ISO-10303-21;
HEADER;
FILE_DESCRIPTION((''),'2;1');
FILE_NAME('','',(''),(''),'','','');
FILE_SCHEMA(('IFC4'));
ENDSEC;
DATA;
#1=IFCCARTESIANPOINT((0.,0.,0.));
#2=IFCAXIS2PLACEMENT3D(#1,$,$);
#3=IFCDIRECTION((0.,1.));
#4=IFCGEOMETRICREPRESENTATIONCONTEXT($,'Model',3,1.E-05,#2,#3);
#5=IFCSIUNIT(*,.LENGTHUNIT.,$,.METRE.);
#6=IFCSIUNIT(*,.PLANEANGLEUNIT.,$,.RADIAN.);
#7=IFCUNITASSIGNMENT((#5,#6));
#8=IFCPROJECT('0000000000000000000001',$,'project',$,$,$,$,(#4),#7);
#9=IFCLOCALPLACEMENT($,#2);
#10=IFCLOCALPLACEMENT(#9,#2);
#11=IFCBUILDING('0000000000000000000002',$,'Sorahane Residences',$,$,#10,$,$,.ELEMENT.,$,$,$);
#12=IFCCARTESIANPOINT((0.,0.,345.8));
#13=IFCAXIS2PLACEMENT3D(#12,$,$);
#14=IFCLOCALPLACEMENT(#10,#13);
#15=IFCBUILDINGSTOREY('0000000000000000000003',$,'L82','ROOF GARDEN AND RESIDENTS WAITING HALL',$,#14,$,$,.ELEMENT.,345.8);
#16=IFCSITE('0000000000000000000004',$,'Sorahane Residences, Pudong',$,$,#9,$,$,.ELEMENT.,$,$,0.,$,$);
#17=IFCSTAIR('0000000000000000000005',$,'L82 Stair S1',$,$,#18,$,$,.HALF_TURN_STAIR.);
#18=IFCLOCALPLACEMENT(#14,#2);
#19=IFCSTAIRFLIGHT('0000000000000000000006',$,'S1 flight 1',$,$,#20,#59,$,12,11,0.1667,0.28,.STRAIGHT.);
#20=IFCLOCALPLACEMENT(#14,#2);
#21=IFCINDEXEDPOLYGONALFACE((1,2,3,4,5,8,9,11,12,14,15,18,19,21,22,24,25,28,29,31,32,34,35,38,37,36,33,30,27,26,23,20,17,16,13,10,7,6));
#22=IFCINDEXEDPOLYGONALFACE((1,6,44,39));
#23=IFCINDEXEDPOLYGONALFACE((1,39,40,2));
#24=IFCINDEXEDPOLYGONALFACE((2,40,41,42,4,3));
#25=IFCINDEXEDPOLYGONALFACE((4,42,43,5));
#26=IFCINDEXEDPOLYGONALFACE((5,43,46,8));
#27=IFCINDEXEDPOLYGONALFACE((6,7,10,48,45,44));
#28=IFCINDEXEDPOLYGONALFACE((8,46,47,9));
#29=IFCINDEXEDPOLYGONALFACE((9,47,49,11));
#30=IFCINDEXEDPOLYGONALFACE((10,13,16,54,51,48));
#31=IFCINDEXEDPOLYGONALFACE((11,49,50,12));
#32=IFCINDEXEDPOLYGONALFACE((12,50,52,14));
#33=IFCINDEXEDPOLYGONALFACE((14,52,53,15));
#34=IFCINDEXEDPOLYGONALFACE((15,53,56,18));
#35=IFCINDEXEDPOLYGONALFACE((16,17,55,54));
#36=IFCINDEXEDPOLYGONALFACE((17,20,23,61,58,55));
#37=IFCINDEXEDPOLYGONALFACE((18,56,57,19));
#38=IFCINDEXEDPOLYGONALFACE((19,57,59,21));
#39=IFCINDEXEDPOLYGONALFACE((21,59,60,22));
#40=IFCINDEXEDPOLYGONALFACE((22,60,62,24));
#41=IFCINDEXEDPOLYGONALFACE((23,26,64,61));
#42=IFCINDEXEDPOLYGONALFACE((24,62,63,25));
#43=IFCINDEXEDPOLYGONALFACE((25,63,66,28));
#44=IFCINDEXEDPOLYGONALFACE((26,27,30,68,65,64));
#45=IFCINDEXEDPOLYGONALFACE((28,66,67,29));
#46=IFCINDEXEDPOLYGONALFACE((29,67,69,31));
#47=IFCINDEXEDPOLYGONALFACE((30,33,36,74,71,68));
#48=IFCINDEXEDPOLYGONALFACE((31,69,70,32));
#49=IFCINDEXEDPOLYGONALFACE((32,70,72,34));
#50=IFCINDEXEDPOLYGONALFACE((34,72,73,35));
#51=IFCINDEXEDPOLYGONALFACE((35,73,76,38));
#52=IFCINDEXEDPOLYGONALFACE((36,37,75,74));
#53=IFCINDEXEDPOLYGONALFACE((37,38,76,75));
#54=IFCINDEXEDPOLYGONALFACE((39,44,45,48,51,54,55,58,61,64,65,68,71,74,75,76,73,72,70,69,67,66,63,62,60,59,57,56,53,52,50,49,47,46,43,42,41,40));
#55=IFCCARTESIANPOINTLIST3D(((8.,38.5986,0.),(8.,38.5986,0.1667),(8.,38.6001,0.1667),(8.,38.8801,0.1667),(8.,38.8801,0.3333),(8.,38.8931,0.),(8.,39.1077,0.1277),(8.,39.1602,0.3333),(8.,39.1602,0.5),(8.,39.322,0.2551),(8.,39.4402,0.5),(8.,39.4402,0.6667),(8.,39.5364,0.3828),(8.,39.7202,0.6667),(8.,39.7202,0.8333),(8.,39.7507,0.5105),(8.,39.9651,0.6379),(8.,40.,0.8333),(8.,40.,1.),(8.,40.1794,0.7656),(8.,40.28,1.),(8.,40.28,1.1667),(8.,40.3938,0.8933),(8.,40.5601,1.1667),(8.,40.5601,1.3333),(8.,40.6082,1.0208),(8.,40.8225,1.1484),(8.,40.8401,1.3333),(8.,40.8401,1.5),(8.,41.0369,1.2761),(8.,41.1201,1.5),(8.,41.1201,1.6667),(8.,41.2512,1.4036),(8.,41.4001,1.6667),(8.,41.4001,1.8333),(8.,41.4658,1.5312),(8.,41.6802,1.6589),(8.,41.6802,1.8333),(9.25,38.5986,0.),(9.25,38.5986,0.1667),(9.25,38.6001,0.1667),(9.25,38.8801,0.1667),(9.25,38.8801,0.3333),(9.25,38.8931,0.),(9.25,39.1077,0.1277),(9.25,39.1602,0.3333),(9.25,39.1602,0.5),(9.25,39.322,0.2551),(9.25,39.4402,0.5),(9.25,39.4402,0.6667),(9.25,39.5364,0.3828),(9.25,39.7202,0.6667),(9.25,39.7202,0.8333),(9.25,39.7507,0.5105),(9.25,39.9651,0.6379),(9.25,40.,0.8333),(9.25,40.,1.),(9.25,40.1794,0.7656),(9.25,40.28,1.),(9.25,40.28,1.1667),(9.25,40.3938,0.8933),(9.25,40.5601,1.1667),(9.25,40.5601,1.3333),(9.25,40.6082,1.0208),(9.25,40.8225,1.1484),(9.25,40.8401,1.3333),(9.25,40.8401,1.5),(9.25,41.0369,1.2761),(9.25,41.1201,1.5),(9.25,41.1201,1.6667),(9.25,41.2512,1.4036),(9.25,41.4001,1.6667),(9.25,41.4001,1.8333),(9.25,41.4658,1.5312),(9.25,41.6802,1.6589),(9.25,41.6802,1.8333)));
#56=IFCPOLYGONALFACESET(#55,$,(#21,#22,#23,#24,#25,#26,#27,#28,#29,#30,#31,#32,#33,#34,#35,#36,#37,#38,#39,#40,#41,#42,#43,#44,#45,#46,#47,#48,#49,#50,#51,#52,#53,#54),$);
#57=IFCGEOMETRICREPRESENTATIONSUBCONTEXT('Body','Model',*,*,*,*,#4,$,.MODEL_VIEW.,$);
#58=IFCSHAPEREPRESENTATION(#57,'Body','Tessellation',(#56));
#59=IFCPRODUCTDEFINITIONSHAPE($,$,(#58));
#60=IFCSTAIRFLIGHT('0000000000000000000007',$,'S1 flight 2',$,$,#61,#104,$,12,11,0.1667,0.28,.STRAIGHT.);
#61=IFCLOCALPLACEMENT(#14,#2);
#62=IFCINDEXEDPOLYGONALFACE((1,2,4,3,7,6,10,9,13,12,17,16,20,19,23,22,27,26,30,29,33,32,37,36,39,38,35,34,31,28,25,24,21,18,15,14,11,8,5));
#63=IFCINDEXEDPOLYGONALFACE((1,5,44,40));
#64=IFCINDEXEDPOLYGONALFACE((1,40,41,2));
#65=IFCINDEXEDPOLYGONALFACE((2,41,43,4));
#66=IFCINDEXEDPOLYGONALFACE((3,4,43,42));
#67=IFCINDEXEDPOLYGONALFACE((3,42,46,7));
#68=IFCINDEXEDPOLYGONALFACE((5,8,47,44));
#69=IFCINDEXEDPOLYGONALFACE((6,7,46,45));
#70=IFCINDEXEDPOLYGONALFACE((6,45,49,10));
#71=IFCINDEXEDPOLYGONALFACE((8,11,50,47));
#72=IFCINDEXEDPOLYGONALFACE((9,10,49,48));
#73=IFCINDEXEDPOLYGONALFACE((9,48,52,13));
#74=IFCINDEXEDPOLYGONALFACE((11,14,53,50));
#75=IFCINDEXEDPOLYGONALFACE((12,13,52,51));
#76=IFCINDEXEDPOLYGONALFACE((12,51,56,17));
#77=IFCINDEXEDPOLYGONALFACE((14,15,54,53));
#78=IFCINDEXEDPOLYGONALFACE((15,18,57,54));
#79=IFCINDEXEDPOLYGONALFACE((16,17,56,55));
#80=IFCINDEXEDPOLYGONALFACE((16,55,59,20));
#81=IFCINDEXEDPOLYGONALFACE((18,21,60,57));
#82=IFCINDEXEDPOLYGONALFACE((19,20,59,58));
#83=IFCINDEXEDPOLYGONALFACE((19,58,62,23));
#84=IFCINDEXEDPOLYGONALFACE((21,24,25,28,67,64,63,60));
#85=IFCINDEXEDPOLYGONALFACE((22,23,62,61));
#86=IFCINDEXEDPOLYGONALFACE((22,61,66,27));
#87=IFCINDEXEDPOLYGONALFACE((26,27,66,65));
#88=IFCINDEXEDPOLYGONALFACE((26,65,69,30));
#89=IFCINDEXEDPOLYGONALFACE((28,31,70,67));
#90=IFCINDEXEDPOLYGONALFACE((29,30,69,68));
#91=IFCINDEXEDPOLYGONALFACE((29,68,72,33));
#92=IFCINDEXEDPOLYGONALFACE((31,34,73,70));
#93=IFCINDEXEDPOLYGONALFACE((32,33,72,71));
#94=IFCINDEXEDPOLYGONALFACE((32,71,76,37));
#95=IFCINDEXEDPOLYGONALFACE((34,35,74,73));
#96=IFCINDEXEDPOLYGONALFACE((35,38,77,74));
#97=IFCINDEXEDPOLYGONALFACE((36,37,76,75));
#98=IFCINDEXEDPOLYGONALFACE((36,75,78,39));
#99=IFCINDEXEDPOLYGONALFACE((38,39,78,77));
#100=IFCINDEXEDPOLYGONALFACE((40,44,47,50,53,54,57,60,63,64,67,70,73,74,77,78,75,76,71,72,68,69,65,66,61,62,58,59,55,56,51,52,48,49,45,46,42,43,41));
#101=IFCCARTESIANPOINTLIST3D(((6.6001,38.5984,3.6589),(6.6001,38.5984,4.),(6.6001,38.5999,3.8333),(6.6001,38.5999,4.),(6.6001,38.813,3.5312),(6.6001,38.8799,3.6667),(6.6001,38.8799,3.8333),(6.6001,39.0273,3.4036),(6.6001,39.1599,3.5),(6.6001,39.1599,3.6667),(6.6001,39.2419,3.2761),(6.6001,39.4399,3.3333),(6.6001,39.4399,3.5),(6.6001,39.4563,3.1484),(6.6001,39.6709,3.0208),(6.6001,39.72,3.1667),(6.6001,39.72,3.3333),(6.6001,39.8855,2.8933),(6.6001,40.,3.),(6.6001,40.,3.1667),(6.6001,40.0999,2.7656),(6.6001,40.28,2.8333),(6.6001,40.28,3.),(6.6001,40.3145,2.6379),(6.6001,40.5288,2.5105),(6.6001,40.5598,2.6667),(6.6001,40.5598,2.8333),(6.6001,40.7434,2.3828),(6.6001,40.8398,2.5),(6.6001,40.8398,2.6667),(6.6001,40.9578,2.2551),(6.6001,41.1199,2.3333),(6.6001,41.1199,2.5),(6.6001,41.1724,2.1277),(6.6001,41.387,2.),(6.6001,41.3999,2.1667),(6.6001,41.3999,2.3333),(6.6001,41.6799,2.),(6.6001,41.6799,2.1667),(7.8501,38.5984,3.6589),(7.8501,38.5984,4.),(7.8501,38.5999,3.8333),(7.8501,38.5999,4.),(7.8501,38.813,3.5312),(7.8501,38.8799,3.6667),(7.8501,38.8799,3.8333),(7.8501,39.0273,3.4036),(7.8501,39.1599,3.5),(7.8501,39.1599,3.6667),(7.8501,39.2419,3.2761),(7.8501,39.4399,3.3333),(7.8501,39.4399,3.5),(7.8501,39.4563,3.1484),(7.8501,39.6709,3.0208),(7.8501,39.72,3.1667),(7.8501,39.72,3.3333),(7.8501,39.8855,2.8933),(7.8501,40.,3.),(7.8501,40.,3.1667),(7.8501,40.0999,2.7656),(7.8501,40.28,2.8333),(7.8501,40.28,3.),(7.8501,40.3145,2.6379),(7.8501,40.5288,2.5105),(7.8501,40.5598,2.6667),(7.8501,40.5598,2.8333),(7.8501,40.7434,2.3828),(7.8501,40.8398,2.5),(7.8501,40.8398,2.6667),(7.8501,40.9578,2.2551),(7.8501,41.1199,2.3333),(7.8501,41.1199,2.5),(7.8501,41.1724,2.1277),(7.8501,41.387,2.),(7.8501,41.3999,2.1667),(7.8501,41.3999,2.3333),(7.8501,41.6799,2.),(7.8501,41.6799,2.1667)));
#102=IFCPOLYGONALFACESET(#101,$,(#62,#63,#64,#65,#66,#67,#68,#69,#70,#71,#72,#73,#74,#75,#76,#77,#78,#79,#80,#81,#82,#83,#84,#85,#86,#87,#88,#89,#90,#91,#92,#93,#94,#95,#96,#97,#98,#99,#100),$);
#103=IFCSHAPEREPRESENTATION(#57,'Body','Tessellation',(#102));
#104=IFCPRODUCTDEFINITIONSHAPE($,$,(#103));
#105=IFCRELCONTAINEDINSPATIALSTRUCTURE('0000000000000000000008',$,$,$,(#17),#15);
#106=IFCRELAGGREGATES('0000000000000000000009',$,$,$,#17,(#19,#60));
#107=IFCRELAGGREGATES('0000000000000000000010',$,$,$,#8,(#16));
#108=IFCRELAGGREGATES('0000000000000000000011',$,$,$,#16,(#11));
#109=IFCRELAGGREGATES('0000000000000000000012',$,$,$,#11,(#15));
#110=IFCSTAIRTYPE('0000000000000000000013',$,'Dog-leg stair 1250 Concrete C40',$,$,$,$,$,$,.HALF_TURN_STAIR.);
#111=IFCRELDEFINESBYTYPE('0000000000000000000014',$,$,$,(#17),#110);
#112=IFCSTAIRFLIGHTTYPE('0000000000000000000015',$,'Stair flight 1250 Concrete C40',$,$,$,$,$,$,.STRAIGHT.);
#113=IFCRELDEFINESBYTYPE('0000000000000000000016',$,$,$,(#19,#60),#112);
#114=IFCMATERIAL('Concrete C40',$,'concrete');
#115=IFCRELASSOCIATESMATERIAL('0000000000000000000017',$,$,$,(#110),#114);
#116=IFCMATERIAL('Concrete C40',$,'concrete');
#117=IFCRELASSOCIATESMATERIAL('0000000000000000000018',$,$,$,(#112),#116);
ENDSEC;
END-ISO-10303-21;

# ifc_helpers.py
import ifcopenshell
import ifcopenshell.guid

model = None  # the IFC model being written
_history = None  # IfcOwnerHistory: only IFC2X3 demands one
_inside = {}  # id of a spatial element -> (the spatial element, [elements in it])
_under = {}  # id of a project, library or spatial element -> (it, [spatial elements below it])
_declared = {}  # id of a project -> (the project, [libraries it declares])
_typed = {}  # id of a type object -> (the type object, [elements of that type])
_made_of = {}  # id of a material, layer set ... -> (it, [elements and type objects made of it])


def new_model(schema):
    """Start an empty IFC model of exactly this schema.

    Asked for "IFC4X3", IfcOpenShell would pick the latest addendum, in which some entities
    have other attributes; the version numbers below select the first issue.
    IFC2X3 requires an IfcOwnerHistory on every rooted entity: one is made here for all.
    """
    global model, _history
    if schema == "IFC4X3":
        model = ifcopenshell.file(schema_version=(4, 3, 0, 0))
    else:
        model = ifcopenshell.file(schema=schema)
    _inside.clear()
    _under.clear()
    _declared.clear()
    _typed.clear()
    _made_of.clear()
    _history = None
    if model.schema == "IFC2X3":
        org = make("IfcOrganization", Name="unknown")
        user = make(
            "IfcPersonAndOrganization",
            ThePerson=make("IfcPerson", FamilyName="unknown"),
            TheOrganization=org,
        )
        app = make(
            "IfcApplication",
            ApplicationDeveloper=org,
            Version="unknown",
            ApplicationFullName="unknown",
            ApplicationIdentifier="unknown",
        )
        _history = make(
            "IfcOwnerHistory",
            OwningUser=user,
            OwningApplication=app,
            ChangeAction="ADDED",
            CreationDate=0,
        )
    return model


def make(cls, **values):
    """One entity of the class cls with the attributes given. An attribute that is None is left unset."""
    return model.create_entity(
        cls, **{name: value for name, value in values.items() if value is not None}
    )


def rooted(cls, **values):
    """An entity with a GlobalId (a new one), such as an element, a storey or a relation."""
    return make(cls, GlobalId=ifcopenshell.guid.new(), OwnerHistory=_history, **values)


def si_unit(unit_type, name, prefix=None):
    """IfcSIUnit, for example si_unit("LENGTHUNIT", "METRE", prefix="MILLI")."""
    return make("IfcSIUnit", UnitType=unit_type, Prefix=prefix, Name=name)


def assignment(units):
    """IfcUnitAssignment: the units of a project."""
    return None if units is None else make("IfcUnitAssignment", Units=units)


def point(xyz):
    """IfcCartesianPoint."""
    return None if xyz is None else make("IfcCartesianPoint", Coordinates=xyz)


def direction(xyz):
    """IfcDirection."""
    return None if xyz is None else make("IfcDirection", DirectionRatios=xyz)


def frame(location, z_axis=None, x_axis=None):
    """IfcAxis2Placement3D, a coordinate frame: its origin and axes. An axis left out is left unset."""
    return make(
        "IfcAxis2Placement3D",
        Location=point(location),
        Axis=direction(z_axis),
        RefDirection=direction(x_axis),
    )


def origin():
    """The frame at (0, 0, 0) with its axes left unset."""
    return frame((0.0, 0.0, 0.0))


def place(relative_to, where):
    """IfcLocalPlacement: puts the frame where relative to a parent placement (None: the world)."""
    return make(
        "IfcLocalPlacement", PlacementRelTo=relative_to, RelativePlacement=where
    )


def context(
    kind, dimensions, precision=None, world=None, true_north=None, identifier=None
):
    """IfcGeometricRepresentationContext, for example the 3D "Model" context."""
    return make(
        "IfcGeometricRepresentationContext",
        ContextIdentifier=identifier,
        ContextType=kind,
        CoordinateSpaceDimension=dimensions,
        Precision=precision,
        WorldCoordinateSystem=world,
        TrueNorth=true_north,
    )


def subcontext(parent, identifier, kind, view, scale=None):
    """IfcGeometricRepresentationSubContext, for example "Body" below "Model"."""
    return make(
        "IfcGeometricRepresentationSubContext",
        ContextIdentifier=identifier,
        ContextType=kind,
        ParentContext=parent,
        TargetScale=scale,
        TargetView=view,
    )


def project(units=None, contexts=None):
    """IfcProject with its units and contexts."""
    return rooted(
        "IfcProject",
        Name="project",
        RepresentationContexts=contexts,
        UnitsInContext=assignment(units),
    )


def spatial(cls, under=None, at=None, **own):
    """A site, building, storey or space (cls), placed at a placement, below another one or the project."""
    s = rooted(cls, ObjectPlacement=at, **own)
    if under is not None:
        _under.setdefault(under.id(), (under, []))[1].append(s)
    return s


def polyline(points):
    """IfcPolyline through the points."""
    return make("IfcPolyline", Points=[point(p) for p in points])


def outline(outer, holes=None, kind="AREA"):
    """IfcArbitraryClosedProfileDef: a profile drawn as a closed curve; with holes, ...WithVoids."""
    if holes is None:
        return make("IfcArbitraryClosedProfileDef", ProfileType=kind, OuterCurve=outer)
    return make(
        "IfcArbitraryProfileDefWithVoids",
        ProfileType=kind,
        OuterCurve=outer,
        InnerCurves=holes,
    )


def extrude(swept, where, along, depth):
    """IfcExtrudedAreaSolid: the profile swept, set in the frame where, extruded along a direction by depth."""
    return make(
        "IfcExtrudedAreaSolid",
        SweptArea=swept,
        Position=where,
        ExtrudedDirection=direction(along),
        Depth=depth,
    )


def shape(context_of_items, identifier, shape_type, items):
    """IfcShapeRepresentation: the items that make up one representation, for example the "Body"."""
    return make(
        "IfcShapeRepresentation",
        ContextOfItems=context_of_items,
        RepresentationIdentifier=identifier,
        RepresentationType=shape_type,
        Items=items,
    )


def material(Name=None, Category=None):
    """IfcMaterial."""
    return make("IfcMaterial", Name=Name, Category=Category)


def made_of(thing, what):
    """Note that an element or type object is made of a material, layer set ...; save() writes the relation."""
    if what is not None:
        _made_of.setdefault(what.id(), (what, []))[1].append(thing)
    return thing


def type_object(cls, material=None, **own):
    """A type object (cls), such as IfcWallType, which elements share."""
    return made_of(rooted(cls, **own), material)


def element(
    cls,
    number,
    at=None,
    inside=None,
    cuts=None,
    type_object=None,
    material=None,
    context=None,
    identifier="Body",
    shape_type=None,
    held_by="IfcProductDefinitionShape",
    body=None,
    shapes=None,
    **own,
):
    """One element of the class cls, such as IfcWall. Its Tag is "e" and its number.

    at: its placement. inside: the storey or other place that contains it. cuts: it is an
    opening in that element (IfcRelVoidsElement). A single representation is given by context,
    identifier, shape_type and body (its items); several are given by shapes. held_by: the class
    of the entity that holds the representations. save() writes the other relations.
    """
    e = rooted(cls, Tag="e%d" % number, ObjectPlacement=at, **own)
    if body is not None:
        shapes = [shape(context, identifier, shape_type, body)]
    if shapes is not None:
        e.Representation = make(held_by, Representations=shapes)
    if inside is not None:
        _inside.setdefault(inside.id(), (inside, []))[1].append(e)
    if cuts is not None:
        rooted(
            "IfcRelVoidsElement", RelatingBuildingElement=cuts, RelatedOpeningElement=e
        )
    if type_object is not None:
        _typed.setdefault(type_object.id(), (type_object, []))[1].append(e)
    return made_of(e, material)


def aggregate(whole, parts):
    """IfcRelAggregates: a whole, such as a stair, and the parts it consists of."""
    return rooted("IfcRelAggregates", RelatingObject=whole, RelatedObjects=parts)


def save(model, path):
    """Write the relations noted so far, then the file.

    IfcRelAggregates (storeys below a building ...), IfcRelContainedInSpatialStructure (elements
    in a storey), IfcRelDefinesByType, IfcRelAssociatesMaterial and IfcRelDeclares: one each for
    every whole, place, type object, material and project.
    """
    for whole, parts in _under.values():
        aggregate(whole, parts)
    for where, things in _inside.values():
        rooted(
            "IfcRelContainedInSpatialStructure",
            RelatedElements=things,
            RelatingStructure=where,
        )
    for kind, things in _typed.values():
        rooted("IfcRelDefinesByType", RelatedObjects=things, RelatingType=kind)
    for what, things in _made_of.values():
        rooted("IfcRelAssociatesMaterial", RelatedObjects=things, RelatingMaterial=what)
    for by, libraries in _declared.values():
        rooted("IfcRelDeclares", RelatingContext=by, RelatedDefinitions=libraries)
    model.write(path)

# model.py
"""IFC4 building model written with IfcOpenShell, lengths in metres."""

from ifc_helpers import new_model, si_unit, direction, frame, origin, place, context, subcontext, project, spatial, polyline, outline, extrude, material, type_object, element, aggregate, save


model = new_model("IFC4")

# Units and contexts
model_context = context("Model", 3, precision=1e-05, world=origin(), true_north=direction((0.0, 1.0)))
body_context = subcontext(model_context, "Body", "Model", "MODEL_VIEW")
ifc_project = project(units=[si_unit("LENGTHUNIT", "METRE"), si_unit("PLANEANGLEUNIT", "RADIAN")], contexts=[model_context])

# Site, building, storey
site_placement = place(None, origin())
site = spatial("IfcSite", under=ifc_project, at=site_placement, Name="Sorahane Residences, Pudong", CompositionType="ELEMENT", RefElevation=0.0)
building_placement = place(site_placement, origin())
building = spatial("IfcBuilding", under=site, at=building_placement, Name="Sorahane Residences", CompositionType="ELEMENT")
storey_placement = place(building_placement, frame((0.0, 0.0, 345.8)))
storey = spatial("IfcBuildingStorey", under=building, at=storey_placement, Name="L82", Description="ROOF GARDEN AND RESIDENTS WAITING HALL", CompositionType="ELEMENT", Elevation=345.8)

# Stair, stair flights
ifc_material_1 = material(Name="Concrete C40", Category="concrete")
stair_type = type_object("IfcStairType", Name="Dog-leg stair 1250 Concrete C40", PredefinedType="HALF_TURN_STAIR", material=ifc_material_1)
stair_placement = place(storey_placement, origin())
stair = element("IfcStair", 1, at=stair_placement, inside=storey, type_object=stair_type, Name="L82 Stair S1", PredefinedType="HALF_TURN_STAIR")
ifc_material_2 = material(Name="Concrete C40", Category="concrete")
stair_flight_type = type_object("IfcStairFlightType", Name="Stair flight 1250 Concrete C40", PredefinedType="STRAIGHT", material=ifc_material_2)
stair_flight_1_placement = place(storey_placement, frame((8.625, 38.6001, 0.0), z_axis=(0.0, 0.0, 1.0), x_axis=(0.0, 1.0, 0.0)))
stair_flight_1 = element("IfcStairFlight", 2, at=stair_flight_1_placement, type_object=stair_flight_type, Name="S1 flight 1", NumberOfRisers=12, NumberOfTreads=11, PredefinedType="STRAIGHT", RiserHeight=0.1667, TreadLength=0.28, context=body_context, shape_type="SweptSolid", body=[
    extrude(outline(polyline([(-0.0015, 0.0), (-0.0015, 0.1667), (0.0, 0.1667), (0.28, 0.1667), (0.28, 0.3333), (0.5601, 0.3333), (0.5601, 0.5), (0.8401, 0.5), (0.8401, 0.6667), (1.1201, 0.6667), (1.1201, 0.8333), (1.3999, 0.8333), (1.3999, 1.0), (1.6799, 1.0), (1.6799, 1.1667), (1.96, 1.1667), (1.96, 1.3333), (2.24, 1.3333), (2.24, 1.5), (2.52, 1.5), (2.52, 1.6667), (2.8, 1.6667), (2.8, 1.8333), (3.0801, 1.8333), (3.0801, 2.0), (3.0801, 1.6589), (2.8657, 1.5312), (2.6511, 1.4036), (2.4368, 1.2761), (2.2224, 1.1484), (2.0081, 1.0208), (1.7937, 0.8933), (1.5793, 0.7656), (1.365, 0.6379), (1.1506, 0.5105), (0.9363, 0.3828), (0.7219, 0.2551), (0.5076, 0.1277), (0.293, 0.0), (-0.0015, 0.0)])), frame((0.0, 0.625, 0.0), z_axis=(0.0, -1.0, 0.0), x_axis=(1.0, 0.0, 0.0)), (0.0, 0.0, 1.0), 1.25),
])
stair_flight_2_placement = place(storey_placement, frame((7.2251, 41.6799, 2.0), z_axis=(0.0, 0.0, 1.0), x_axis=(0.0, -1.0, 0.0)))
stair_flight_2 = element("IfcStairFlight", 3, at=stair_flight_2_placement, type_object=stair_flight_type, Name="S1 flight 2", NumberOfRisers=12, NumberOfTreads=11, PredefinedType="STRAIGHT", RiserHeight=0.1667, TreadLength=0.28, context=body_context, shape_type="SweptSolid", body=[
    extrude(outline(polyline([(0.0, 0.0), (0.0, 0.1667), (0.28, 0.1667), (0.28, 0.3333), (0.5601, 0.3333), (0.5601, 0.5), (0.8401, 0.5), (0.8401, 0.6667), (1.1201, 0.6667), (1.1201, 0.8333), (1.3999, 0.8333), (1.3999, 1.0), (1.6799, 1.0), (1.6799, 1.1667), (1.96, 1.1667), (1.96, 1.3333), (2.24, 1.3333), (2.24, 1.5), (2.52, 1.5), (2.52, 1.6667), (2.8, 1.6667), (2.8, 1.8333), (3.0801, 1.8333), (3.0801, 2.0), (3.0815, 2.0), (3.0815, 1.6589), (2.8669, 1.5312), (2.6526, 1.4036), (2.438, 1.2761), (2.2236, 1.1484), (2.009, 1.0208), (1.7944, 0.8933), (1.5801, 0.7656), (1.3655, 0.6379), (1.1511, 0.5105), (0.9365, 0.3828), (0.7222, 0.2551), (0.5076, 0.1277), (0.293, 0.0), (0.0, 0.0)])), frame((0.0, 0.625, 0.0), z_axis=(0.0, -1.0, 0.0), x_axis=(1.0, 0.0, 0.0)), (0.0, 0.0, 1.0), 1.25),
])
aggregate(stair, [stair_flight_1, stair_flight_2])

save(model, "model.ifc")
